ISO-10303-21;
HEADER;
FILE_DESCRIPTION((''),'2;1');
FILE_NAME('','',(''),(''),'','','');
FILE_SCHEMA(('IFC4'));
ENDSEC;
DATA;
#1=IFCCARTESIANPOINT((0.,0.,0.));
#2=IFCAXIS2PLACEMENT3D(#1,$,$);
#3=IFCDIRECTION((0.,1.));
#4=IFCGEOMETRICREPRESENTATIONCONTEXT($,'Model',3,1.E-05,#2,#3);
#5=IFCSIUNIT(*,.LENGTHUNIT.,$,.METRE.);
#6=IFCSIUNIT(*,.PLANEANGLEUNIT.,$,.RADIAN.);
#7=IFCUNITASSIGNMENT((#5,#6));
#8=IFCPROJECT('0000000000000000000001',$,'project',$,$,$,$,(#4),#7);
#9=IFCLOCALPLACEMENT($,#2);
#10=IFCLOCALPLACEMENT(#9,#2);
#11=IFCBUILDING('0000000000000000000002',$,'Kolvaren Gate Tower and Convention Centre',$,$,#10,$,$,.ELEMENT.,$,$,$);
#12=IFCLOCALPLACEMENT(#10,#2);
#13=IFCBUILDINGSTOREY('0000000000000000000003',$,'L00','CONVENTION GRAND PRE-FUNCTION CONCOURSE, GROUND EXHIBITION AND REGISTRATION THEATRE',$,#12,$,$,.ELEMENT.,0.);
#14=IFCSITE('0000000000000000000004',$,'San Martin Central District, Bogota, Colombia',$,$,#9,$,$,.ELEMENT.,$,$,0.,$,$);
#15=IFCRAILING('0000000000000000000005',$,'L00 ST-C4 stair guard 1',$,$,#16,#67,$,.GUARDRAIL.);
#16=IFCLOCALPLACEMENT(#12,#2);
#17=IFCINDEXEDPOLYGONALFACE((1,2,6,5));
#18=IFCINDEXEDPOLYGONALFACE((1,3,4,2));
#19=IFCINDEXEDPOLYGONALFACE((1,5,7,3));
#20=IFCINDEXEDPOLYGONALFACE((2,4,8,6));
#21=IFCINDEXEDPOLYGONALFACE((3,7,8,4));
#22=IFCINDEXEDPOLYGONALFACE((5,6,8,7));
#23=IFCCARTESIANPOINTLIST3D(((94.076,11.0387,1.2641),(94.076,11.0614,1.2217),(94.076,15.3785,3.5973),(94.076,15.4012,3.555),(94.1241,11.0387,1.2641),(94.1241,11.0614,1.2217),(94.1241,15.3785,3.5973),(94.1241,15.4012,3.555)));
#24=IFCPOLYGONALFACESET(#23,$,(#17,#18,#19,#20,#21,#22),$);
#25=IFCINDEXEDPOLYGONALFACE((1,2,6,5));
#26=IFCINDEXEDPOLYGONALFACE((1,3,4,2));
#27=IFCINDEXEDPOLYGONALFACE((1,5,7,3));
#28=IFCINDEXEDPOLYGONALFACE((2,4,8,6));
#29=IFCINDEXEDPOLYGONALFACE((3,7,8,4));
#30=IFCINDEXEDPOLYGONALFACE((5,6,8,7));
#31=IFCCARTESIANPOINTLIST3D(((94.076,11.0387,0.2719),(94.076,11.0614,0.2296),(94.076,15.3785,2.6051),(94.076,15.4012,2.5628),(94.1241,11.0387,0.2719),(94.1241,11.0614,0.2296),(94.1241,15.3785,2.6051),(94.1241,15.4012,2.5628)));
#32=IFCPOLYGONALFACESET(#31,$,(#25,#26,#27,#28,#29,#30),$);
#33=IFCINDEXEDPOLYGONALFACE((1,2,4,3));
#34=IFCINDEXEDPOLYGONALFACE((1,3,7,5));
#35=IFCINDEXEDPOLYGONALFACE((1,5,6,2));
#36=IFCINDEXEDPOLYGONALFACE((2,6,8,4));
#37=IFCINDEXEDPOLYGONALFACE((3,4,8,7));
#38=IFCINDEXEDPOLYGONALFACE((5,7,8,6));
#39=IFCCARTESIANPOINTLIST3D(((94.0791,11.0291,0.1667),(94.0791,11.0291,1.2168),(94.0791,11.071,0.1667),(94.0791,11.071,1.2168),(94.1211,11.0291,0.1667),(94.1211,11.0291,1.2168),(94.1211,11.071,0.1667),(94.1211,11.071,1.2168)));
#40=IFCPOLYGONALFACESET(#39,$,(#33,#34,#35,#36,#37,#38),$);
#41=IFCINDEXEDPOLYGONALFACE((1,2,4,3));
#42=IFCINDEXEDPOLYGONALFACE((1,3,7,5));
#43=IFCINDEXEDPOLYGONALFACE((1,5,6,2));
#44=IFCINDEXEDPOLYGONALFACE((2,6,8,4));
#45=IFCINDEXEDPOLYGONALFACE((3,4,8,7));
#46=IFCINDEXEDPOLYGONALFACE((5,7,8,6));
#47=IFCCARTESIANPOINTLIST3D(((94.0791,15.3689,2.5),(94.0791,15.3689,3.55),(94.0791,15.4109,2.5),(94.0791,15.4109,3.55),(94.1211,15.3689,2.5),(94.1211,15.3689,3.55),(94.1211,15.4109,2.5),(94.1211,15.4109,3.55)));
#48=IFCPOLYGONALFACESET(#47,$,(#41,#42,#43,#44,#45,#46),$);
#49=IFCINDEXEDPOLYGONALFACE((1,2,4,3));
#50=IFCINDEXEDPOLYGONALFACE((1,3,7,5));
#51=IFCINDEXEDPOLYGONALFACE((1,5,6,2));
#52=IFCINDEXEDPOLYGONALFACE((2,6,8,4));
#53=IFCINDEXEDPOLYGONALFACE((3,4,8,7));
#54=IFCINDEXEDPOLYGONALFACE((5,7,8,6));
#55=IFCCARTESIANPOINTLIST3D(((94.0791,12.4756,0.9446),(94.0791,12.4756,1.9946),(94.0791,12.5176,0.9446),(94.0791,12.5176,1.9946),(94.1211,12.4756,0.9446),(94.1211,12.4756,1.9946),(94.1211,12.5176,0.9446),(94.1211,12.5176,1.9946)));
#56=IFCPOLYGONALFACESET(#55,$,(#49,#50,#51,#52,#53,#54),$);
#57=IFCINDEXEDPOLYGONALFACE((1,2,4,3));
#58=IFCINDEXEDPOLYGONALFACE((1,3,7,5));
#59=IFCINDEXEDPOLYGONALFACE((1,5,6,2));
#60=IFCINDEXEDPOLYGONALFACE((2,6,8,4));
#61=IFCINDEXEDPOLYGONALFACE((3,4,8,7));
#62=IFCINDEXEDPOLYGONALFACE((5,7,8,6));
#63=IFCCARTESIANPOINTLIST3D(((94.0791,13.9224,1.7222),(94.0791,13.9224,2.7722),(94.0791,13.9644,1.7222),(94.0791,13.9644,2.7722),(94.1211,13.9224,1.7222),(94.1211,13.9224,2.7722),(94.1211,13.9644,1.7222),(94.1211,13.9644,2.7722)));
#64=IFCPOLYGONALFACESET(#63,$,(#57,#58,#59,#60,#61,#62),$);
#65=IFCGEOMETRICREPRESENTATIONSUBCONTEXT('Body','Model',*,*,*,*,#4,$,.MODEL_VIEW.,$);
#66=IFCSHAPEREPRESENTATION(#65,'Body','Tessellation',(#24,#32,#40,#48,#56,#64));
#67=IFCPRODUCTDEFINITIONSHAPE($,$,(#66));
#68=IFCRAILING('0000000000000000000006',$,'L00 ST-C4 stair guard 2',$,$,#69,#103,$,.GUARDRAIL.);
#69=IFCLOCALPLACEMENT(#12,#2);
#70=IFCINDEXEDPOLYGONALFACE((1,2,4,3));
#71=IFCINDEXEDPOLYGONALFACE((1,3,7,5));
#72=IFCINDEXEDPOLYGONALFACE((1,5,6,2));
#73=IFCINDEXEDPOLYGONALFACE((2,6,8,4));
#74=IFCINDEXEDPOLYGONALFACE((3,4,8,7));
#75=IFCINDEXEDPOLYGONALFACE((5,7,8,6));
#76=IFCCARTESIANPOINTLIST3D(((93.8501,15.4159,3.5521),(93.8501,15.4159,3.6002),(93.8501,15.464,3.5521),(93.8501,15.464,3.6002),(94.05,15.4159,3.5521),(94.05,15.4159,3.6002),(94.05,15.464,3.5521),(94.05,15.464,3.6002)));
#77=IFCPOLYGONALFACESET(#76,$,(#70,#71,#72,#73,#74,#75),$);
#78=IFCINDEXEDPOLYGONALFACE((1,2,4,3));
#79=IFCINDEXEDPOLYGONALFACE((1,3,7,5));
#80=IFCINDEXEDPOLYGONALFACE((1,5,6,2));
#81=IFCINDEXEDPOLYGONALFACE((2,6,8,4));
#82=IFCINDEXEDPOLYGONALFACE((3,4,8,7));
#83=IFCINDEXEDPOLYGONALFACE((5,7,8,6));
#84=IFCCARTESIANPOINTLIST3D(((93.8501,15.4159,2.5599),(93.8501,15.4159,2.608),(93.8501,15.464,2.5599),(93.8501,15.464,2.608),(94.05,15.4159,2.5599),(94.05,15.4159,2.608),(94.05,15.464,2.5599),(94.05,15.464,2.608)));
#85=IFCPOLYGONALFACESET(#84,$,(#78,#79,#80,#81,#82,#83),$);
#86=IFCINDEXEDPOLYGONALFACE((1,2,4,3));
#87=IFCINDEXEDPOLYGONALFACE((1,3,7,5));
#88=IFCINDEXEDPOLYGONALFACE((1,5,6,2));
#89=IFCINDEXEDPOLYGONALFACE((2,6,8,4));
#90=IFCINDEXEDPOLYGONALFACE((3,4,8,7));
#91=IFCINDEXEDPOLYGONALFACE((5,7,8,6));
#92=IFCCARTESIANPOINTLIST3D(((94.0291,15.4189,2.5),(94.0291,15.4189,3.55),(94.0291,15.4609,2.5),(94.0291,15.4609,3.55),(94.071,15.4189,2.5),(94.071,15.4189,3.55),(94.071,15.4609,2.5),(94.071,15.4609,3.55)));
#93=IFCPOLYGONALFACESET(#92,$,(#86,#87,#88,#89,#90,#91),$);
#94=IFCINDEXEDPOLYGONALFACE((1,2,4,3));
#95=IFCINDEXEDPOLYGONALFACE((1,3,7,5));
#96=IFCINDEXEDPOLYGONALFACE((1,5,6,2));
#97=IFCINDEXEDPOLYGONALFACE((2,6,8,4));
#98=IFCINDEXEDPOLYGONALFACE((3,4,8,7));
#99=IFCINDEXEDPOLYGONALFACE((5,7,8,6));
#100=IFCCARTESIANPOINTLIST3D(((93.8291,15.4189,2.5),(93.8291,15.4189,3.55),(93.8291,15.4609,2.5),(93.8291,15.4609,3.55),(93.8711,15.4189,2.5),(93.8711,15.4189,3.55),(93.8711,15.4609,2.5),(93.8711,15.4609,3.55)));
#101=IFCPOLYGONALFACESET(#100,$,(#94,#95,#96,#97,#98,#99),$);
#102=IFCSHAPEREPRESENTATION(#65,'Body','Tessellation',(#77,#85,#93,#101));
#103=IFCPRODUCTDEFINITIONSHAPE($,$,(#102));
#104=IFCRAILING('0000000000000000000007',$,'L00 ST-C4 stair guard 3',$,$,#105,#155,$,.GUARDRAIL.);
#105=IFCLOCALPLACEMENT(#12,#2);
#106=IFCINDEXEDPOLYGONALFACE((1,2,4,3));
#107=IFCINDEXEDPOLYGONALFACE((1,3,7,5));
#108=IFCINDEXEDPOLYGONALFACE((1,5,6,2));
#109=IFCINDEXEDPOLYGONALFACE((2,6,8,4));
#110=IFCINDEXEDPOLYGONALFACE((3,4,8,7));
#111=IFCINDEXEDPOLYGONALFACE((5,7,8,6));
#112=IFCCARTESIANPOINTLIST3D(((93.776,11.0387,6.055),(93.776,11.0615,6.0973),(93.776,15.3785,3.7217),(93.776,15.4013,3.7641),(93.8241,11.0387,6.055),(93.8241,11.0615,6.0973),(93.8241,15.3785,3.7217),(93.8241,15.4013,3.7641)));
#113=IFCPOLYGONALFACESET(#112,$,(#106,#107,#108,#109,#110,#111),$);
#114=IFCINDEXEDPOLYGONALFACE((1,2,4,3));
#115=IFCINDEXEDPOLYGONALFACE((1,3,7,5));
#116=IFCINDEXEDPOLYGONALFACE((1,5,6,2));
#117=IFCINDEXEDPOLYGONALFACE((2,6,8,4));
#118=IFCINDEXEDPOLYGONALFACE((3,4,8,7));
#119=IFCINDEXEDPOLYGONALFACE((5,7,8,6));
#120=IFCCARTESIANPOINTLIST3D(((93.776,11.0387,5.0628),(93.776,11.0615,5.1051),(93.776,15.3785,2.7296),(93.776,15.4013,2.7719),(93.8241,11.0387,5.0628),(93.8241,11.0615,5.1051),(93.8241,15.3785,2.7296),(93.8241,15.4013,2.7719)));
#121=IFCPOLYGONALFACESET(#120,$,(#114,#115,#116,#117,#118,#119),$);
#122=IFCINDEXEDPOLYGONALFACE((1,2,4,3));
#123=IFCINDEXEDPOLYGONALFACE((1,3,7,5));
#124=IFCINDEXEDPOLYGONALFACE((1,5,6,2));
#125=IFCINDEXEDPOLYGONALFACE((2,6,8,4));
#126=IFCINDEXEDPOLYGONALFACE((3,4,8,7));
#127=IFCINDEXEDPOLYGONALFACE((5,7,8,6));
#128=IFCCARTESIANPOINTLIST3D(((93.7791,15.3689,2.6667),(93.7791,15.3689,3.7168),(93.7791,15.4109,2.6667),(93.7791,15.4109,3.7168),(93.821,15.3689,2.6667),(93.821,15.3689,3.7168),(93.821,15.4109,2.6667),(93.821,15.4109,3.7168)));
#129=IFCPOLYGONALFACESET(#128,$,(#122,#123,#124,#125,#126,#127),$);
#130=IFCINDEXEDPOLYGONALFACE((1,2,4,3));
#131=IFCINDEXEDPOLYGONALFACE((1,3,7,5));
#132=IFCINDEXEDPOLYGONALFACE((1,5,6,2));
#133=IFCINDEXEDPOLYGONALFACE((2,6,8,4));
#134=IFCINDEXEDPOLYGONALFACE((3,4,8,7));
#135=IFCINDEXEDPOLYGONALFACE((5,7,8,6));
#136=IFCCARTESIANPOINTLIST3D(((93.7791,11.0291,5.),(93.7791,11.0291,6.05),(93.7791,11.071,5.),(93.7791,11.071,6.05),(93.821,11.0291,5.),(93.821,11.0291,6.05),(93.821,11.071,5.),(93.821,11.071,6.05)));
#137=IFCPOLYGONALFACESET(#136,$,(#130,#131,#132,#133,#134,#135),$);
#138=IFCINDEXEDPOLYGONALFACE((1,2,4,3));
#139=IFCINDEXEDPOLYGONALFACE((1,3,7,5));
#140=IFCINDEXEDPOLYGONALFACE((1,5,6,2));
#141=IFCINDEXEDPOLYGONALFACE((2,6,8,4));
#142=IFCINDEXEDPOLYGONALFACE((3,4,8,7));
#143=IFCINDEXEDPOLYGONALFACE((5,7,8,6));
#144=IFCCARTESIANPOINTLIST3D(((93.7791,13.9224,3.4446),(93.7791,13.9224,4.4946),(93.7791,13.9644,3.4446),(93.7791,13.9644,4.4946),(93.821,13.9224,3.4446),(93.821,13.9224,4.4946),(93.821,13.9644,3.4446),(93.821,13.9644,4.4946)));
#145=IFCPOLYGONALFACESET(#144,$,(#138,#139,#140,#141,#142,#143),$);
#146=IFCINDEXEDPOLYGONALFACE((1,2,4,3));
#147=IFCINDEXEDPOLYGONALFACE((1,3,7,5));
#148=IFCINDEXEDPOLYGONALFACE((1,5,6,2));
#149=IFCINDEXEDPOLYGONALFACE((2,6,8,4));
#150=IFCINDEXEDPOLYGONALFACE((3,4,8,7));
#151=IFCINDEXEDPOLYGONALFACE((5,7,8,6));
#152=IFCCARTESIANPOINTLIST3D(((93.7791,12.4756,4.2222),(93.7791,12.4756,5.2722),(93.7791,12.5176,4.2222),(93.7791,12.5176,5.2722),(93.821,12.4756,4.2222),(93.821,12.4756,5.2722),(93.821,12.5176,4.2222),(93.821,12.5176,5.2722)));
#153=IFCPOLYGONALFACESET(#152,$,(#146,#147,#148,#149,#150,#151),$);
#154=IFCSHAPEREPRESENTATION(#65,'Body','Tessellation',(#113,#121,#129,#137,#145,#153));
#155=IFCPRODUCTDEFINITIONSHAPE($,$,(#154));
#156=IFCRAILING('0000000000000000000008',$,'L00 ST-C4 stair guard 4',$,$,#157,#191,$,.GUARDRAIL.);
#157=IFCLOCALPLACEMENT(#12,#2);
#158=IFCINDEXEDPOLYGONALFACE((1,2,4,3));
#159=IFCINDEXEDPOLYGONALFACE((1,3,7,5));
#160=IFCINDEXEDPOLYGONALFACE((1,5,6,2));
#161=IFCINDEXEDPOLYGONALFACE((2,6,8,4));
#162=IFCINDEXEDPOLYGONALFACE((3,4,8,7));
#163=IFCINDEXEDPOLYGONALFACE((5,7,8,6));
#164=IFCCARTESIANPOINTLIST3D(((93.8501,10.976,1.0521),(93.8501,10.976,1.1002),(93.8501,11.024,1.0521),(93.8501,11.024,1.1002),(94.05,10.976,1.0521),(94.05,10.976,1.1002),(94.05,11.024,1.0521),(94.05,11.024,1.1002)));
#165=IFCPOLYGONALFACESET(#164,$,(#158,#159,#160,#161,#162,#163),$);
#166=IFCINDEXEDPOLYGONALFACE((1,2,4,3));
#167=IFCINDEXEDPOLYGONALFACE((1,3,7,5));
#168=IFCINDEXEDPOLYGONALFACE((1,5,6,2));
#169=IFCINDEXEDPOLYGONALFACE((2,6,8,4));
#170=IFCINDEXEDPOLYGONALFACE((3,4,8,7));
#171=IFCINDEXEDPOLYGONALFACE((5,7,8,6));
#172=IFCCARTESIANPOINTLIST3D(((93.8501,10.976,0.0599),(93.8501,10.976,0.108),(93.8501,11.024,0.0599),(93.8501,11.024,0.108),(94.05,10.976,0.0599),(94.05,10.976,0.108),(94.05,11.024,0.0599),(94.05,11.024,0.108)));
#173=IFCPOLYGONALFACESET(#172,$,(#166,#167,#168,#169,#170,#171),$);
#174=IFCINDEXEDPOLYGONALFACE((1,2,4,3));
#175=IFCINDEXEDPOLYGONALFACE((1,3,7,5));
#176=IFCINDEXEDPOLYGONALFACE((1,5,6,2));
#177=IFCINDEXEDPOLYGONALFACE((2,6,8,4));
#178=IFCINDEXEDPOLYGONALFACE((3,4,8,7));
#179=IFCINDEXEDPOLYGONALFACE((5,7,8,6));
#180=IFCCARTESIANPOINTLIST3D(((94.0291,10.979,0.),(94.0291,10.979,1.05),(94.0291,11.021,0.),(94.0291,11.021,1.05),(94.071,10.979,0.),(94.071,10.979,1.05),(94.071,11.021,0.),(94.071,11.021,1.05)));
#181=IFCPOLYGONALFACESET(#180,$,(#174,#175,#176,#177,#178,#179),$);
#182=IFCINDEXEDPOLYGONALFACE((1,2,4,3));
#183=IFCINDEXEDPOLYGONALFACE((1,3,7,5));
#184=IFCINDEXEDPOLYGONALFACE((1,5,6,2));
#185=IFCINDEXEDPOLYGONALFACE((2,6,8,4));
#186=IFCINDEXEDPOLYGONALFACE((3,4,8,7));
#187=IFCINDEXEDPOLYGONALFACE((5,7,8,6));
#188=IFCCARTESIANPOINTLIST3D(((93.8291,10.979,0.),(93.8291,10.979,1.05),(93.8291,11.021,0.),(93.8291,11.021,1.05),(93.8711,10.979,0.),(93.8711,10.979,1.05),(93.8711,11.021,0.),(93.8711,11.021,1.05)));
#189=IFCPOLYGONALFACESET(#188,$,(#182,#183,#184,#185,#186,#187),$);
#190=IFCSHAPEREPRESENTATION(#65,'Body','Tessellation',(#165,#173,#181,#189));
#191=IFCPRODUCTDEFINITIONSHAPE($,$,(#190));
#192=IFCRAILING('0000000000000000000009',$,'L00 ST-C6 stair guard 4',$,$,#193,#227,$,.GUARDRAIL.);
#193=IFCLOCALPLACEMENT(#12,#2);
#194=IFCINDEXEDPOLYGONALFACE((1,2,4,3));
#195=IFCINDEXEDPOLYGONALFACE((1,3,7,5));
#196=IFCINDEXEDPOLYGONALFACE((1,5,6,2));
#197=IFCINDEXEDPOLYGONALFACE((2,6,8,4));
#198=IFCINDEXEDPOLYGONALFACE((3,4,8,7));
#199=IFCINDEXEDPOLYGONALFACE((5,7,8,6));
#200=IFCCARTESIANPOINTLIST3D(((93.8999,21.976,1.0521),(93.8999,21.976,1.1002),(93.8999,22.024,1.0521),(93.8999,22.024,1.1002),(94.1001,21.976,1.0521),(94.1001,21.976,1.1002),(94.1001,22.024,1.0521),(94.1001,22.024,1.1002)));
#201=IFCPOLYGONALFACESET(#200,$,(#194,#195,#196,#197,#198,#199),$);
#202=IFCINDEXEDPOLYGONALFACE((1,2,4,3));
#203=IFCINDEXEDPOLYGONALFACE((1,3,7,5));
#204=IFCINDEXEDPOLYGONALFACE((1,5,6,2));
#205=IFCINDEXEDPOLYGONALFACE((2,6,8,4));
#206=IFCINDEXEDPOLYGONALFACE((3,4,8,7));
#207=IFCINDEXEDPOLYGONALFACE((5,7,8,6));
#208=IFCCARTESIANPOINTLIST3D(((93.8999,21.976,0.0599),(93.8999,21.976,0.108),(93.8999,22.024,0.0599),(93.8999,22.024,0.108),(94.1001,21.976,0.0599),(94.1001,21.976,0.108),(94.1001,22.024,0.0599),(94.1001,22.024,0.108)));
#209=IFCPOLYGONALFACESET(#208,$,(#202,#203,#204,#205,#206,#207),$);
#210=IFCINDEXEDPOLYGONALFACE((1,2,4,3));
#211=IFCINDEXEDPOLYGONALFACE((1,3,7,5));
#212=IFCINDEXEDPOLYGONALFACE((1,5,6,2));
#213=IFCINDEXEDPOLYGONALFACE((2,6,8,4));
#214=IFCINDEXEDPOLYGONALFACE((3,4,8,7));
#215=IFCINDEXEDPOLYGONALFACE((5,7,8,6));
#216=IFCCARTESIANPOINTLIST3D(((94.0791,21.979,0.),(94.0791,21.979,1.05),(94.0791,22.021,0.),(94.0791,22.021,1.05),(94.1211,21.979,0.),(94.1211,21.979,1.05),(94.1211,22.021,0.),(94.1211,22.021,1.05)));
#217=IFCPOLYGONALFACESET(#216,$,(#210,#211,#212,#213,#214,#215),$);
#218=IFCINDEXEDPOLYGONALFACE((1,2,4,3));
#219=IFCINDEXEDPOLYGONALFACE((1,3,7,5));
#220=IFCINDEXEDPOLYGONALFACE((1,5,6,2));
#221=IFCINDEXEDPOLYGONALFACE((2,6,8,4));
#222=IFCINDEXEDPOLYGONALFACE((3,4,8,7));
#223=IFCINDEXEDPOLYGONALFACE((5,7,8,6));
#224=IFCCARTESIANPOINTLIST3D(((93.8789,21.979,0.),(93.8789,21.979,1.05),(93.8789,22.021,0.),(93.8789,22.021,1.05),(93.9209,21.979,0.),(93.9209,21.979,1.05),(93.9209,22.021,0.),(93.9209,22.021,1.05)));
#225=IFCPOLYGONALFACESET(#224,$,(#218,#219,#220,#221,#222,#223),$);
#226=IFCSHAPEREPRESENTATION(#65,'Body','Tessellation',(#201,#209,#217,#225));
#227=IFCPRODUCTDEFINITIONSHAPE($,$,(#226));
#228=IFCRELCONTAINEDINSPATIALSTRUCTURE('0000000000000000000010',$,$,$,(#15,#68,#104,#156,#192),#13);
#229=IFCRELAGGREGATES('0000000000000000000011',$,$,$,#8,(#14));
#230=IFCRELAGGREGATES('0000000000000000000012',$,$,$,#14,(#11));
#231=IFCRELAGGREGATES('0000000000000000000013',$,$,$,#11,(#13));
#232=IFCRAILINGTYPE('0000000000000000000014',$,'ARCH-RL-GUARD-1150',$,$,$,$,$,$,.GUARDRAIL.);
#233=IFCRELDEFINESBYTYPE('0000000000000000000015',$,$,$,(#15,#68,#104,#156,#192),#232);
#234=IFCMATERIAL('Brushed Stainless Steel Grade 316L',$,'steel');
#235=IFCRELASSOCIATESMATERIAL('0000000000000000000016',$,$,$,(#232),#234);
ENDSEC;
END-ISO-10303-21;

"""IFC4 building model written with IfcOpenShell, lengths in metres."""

from ifc_helpers import new_model, si_unit, direction, frame, origin, origin_2d, place, context, subcontext, project, spatial, rectangle, extrude, material, type_object, element, save


model = new_model("IFC4")

# Units and contexts
model_context = context("Model", 3, precision=1e-05, world=origin(), true_north=direction((0.0, 1.0)))
body_context = subcontext(model_context, "Body", "Model", "MODEL_VIEW")
ifc_project = project(units=[si_unit("LENGTHUNIT", "METRE"), si_unit("PLANEANGLEUNIT", "RADIAN")], contexts=[model_context])

# Site, building, storey
site_placement = place(None, origin())
site = spatial("IfcSite", under=ifc_project, at=site_placement, Name="San Martin Central District, Bogota, Colombia", CompositionType="ELEMENT", RefElevation=0.0)
building_placement = place(site_placement, origin())
building = spatial("IfcBuilding", under=site, at=building_placement, Name="Kolvaren Gate Tower and Convention Centre", CompositionType="ELEMENT")
storey_placement = place(building_placement, origin())
storey = spatial("IfcBuildingStorey", under=building, at=storey_placement, Name="L00", Description="CONVENTION GRAND PRE-FUNCTION CONCOURSE, GROUND EXHIBITION AND REGISTRATION THEATRE", CompositionType="ELEMENT", Elevation=0.0)

# Railings
ifc_material_1 = material(Name="Brushed Stainless Steel Grade 316L", Category="steel")
railing_type_1 = type_object("IfcRailingType", Name="ARCH-RL-GUARD-1150", PredefinedType="GUARDRAIL", material=ifc_material_1)
railing_1_placement = place(storey_placement, frame((94.1001, 11.05, 0.1667)))
element("IfcRailing", 1, at=railing_1_placement, inside=storey, type_object=railing_type_1, Name="L00 ST-C4 stair guard 1", PredefinedType="GUARDRAIL", context=body_context, shape_type="SweptSolid", body=[
    extrude(rectangle(XDim=0.0481, YDim=0.0481, at=origin_2d()), frame((0.0, 0.0, 1.0762), z_axis=(0.0, 0.880775, 0.473535), x_axis=(-1.0, 0.0, 0.0)), (0.0, 0.0, 1.0), 4.9272),
    extrude(rectangle(XDim=0.0481, YDim=0.0481, at=origin_2d()), frame((0.0, 0.0, 0.084), z_axis=(0.0, 0.880775, 0.473535), x_axis=(-1.0, 0.0, 0.0)), (0.0, 0.0, 1.0), 4.9272),
    extrude(rectangle(XDim=0.042, YDim=0.042, at=origin_2d()), origin(), (0.0, 0.0, 1.0), 1.05),
    extrude(rectangle(XDim=0.042, YDim=0.042, at=origin_2d()), frame((0.0, 4.3398, 2.3333)), (0.0, 0.0, 1.0), 1.05),
    extrude(rectangle(XDim=0.042, YDim=0.042, at=origin_2d()), frame((0.0, 1.4465, 0.7778)), (0.0, 0.0, 1.0), 1.05),
    extrude(rectangle(XDim=0.042, YDim=0.042, at=origin_2d()), frame((0.0, 2.8933, 1.5554)), (0.0, 0.0, 1.0), 1.05),
])
railing_2_placement = place(storey_placement, frame((94.05, 15.4399, 2.5)))
element("IfcRailing", 2, at=railing_2_placement, inside=storey, type_object=railing_type_1, Name="L00 ST-C4 stair guard 2", PredefinedType="GUARDRAIL", context=body_context, shape_type="SweptSolid", body=[
    extrude(rectangle(XDim=0.0481, YDim=0.0481, at=origin_2d()), frame((0.0, 0.0, 1.0762), z_axis=(-1.0, 0.0, 0.0), x_axis=(0.0, -1.0, 0.0)), (0.0, 0.0, 1.0), 0.2),
    extrude(rectangle(XDim=0.0481, YDim=0.0481, at=origin_2d()), frame((0.0, 0.0, 0.084), z_axis=(-1.0, 0.0, 0.0), x_axis=(0.0, -1.0, 0.0)), (0.0, 0.0, 1.0), 0.2),
    extrude(rectangle(XDim=0.042, YDim=0.042, at=origin_2d()), origin(), (0.0, 0.0, 1.0), 1.05),
    extrude(rectangle(XDim=0.042, YDim=0.042, at=origin_2d()), frame((-0.2, 0.0, 0.0)), (0.0, 0.0, 1.0), 1.05),
])
railing_3_placement = place(storey_placement, frame((93.8, 15.3899, 2.6667)))
element("IfcRailing", 3, at=railing_3_placement, inside=storey, type_object=railing_type_1, Name="L00 ST-C4 stair guard 3", PredefinedType="GUARDRAIL", context=body_context, shape_type="SweptSolid", body=[
    extrude(rectangle(XDim=0.0481, YDim=0.0481, at=origin_2d()), frame((0.0, 0.0, 1.0762), z_axis=(0.0, -0.880775, 0.473535), x_axis=(1.0, 0.0, 0.0)), (0.0, 0.0, 1.0), 4.9272),
    extrude(rectangle(XDim=0.0481, YDim=0.0481, at=origin_2d()), frame((0.0, 0.0, 0.084), z_axis=(0.0, -0.880775, 0.473535), x_axis=(1.0, 0.0, 0.0)), (0.0, 0.0, 1.0), 4.9272),
    extrude(rectangle(XDim=0.042, YDim=0.042, at=origin_2d()), origin(), (0.0, 0.0, 1.0), 1.05),
    extrude(rectangle(XDim=0.042, YDim=0.042, at=origin_2d()), frame((0.0, -4.3398, 2.3333)), (0.0, 0.0, 1.0), 1.05),
    extrude(rectangle(XDim=0.042, YDim=0.042, at=origin_2d()), frame((0.0, -1.4465, 0.7778)), (0.0, 0.0, 1.0), 1.05),
    extrude(rectangle(XDim=0.042, YDim=0.042, at=origin_2d()), frame((0.0, -2.8933, 1.5554)), (0.0, 0.0, 1.0), 1.05),
])
railing_4_placement = place(storey_placement, frame((94.05, 11.0, 0.0)))
element("IfcRailing", 4, at=railing_4_placement, inside=storey, type_object=railing_type_1, Name="L00 ST-C4 stair guard 4", PredefinedType="GUARDRAIL", context=body_context, shape_type="SweptSolid", body=[
    extrude(rectangle(XDim=0.0481, YDim=0.0481, at=origin_2d()), frame((0.0, 0.0, 1.0762), z_axis=(-1.0, 0.0, 0.0), x_axis=(0.0, -1.0, 0.0)), (0.0, 0.0, 1.0), 0.2),
    extrude(rectangle(XDim=0.0481, YDim=0.0481, at=origin_2d()), frame((0.0, 0.0, 0.084), z_axis=(-1.0, 0.0, 0.0), x_axis=(0.0, -1.0, 0.0)), (0.0, 0.0, 1.0), 0.2),
    extrude(rectangle(XDim=0.042, YDim=0.042, at=origin_2d()), origin(), (0.0, 0.0, 1.0), 1.05),
    extrude(rectangle(XDim=0.042, YDim=0.042, at=origin_2d()), frame((-0.2, 0.0, 0.0)), (0.0, 0.0, 1.0), 1.05),
])
railing_5_placement = place(storey_placement, frame((94.1001, 22.0, 0.0)))
element("IfcRailing", 5, at=railing_5_placement, inside=storey, type_object=railing_type_1, Name="L00 ST-C6 stair guard 4", PredefinedType="GUARDRAIL", context=body_context, shape_type="SweptSolid", body=[
    extrude(rectangle(XDim=0.0481, YDim=0.0481, at=origin_2d()), frame((0.0, 0.0, 1.0762), z_axis=(-1.0, 0.0, 0.0), x_axis=(0.0, -1.0, 0.0)), (0.0, 0.0, 1.0), 0.2002),
    extrude(rectangle(XDim=0.0481, YDim=0.0481, at=origin_2d()), frame((0.0, 0.0, 0.084), z_axis=(-1.0, 0.0, 0.0), x_axis=(0.0, -1.0, 0.0)), (0.0, 0.0, 1.0), 0.2002),
    extrude(rectangle(XDim=0.042, YDim=0.042, at=origin_2d()), origin(), (0.0, 0.0, 1.0), 1.05),
    extrude(rectangle(XDim=0.042, YDim=0.042, at=origin_2d()), frame((-0.2002, 0.0, 0.0)), (0.0, 0.0, 1.0), 1.05),
])

save(model, "model.ifc")
